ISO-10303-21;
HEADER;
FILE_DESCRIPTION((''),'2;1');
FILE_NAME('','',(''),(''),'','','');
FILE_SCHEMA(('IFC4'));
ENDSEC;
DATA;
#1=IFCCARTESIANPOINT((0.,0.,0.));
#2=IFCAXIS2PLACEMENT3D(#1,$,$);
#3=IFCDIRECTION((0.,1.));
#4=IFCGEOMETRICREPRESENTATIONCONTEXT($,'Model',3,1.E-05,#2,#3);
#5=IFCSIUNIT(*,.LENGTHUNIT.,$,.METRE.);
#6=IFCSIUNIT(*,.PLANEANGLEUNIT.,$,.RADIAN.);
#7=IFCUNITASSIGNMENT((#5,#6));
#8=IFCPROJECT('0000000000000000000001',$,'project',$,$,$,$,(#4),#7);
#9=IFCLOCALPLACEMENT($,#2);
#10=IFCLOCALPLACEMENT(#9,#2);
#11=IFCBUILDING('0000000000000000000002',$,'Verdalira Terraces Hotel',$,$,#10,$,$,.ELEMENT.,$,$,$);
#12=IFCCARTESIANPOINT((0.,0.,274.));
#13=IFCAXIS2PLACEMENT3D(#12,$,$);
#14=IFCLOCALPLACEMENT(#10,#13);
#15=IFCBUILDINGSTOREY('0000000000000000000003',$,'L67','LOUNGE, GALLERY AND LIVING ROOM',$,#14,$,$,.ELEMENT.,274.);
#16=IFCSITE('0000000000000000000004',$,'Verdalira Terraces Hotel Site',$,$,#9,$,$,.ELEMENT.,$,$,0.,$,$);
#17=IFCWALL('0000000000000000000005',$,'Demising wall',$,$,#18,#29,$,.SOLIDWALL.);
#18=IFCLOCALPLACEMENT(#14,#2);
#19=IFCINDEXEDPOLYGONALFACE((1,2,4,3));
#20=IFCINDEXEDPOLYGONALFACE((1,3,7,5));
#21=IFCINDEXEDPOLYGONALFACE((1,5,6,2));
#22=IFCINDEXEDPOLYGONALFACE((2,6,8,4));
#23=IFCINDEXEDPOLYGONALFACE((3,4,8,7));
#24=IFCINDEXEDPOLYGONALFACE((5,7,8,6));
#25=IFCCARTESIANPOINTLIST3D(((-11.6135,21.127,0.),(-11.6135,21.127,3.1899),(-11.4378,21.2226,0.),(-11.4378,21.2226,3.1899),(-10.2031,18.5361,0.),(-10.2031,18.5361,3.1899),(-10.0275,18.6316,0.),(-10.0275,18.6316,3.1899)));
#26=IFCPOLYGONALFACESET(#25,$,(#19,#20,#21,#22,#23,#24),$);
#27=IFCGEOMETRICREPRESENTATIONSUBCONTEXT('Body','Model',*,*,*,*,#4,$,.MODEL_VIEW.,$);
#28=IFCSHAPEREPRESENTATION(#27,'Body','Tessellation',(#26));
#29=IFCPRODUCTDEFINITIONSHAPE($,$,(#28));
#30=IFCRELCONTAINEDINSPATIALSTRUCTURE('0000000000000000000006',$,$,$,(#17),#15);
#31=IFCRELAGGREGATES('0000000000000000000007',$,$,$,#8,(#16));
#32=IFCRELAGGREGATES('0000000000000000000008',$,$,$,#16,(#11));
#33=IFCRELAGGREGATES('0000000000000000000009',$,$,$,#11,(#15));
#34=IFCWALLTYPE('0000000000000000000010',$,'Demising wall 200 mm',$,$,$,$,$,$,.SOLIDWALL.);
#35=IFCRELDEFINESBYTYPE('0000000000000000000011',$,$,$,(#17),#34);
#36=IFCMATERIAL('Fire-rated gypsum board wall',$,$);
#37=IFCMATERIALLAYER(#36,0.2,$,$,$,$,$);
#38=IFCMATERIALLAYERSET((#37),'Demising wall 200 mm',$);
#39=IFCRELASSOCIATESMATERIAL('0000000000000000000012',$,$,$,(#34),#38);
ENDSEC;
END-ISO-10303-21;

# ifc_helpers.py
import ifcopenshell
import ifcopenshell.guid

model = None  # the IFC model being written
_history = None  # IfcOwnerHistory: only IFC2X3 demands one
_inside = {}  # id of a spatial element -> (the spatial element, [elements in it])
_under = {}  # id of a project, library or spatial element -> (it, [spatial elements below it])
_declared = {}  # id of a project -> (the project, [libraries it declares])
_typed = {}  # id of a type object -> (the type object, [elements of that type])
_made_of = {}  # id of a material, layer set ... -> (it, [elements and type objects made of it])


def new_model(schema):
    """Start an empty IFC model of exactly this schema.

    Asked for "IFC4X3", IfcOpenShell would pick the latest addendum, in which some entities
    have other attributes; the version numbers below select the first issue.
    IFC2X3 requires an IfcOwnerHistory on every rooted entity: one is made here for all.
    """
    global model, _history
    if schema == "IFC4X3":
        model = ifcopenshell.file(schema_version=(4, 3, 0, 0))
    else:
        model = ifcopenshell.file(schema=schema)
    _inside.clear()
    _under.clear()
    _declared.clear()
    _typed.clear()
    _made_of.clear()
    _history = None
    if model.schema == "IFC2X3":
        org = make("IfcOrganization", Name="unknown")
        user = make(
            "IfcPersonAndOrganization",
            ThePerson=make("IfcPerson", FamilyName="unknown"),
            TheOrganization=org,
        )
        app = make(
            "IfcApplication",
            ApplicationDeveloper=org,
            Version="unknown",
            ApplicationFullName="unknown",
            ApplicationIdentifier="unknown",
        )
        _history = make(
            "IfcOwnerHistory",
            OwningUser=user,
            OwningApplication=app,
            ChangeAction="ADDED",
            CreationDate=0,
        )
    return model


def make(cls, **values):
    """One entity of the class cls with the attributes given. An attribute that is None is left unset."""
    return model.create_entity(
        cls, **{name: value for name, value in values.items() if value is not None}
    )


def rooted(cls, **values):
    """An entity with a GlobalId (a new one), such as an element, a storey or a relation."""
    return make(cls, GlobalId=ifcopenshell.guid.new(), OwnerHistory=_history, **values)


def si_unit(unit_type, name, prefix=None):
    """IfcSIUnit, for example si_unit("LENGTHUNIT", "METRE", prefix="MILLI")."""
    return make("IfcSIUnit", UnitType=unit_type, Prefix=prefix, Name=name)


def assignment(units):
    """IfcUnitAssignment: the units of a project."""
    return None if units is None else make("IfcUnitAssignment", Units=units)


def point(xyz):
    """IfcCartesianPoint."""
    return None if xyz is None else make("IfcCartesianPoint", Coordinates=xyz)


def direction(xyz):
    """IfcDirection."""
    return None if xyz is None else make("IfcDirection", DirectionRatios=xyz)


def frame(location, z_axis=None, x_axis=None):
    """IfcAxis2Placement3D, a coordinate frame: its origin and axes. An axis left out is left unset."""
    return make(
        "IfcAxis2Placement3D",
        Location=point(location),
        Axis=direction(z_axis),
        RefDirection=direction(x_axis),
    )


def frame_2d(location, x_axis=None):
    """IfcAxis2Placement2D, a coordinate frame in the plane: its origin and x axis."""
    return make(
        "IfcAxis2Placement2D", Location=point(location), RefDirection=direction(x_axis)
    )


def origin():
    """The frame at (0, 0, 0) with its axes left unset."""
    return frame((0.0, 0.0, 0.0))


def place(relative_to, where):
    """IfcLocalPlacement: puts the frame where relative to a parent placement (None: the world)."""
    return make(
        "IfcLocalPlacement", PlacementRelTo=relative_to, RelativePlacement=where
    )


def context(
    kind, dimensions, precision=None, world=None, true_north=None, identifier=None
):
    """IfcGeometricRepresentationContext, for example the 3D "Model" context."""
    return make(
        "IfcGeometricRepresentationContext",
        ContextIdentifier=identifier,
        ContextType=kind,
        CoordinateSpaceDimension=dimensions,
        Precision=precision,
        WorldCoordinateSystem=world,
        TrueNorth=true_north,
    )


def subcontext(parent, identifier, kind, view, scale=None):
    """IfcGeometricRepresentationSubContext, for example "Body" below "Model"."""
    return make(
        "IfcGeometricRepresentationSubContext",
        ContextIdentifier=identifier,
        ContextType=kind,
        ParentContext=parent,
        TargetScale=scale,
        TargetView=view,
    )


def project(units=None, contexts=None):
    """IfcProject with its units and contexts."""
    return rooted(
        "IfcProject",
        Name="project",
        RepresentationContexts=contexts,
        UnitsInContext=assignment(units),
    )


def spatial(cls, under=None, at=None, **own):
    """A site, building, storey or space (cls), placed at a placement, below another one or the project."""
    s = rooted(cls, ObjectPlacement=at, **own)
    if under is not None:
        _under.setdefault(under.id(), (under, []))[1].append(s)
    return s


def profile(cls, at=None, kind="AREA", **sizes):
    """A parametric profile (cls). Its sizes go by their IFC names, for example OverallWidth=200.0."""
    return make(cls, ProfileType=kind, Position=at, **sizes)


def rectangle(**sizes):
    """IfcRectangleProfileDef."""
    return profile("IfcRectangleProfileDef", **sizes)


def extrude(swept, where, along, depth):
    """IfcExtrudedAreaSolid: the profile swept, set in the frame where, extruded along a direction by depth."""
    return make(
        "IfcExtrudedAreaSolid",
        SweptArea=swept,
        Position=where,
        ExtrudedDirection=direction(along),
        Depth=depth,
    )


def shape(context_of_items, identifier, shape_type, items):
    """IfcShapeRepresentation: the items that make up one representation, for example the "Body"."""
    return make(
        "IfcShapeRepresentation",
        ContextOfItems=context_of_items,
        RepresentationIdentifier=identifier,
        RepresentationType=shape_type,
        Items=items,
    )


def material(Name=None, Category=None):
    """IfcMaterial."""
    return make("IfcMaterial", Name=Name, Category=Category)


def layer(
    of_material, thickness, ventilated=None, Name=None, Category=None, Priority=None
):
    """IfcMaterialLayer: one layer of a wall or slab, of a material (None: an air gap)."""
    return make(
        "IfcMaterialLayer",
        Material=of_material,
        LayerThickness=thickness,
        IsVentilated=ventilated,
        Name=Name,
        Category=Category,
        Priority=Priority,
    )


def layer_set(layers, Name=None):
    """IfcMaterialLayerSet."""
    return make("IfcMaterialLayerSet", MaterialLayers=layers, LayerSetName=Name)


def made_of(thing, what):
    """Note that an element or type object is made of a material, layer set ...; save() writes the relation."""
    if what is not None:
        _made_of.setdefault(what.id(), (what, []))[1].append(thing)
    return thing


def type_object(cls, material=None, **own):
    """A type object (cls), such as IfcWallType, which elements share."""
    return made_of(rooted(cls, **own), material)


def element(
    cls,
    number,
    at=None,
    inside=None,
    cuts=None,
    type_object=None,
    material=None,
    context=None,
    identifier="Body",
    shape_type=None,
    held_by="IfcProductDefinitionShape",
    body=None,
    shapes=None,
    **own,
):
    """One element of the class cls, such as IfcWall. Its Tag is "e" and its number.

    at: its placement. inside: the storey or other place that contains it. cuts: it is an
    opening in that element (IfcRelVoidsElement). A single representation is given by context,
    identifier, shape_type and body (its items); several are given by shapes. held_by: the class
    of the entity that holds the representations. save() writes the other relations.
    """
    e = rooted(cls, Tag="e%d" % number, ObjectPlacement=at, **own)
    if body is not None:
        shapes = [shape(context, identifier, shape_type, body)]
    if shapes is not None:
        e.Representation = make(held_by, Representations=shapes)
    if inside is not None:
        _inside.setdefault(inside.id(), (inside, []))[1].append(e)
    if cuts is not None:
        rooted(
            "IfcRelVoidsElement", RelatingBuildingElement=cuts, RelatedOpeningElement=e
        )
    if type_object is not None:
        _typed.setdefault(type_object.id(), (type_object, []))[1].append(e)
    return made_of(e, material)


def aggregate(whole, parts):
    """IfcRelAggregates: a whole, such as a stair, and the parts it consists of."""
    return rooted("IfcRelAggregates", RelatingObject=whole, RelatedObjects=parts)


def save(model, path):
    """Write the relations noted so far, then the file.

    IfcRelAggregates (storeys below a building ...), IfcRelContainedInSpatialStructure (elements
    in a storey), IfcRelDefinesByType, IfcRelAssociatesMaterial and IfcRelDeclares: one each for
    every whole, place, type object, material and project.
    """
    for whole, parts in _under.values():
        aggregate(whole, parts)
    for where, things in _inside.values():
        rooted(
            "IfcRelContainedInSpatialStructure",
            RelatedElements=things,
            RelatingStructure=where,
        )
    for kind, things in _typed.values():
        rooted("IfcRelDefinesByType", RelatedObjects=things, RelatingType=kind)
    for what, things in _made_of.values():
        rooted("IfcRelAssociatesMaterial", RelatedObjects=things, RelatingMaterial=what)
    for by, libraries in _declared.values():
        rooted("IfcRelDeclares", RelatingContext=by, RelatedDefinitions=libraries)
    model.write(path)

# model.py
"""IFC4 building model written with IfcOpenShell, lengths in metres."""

from ifc_helpers import new_model, si_unit, direction, frame, frame_2d, origin, place, context, subcontext, project, spatial, rectangle, extrude, material, layer, layer_set, type_object, element, save


model = new_model("IFC4")

# Units and contexts
model_context = context("Model", 3, precision=1e-05, world=origin(), true_north=direction((0.0, 1.0)))
body_context = subcontext(model_context, "Body", "Model", "MODEL_VIEW")
ifc_project = project(units=[si_unit("LENGTHUNIT", "METRE"), si_unit("PLANEANGLEUNIT", "RADIAN")], contexts=[model_context])

# Site, building, storey
site_placement = place(None, origin())
site = spatial("IfcSite", under=ifc_project, at=site_placement, Name="Verdalira Terraces Hotel Site", CompositionType="ELEMENT", RefElevation=0.0)
building_placement = place(site_placement, origin())
building = spatial("IfcBuilding", under=site, at=building_placement, Name="Verdalira Terraces Hotel", CompositionType="ELEMENT")
storey_placement = place(building_placement, frame((0.0, 0.0, 274.0)))
storey = spatial("IfcBuildingStorey", under=building, at=storey_placement, Name="L67", Description="LOUNGE, GALLERY AND LIVING ROOM", CompositionType="ELEMENT", Elevation=274.0)

# Wall
ifc_material_1 = material(Name="Fire-rated gypsum board wall")
ifc_layer_1 = layer(ifc_material_1, 0.2)
ifc_layer_set_1 = layer_set([ifc_layer_1], Name="Demising wall 200 mm")
wall_type_1 = type_object("IfcWallType", Name="Demising wall 200 mm", PredefinedType="SOLIDWALL", material=ifc_layer_set_1)
wall_1_placement = place(storey_placement, frame((-10.1152, 18.5837, 0.0), z_axis=(0.0, 0.0, 1.0), x_axis=(-0.478092, 0.87831, 0.0)))
element("IfcWall", 1, at=wall_1_placement, inside=storey, type_object=wall_type_1, Name="Demising wall", PredefinedType="SOLIDWALL", context=body_context, shape_type="SweptSolid", body=[
    extrude(rectangle(XDim=2.95, YDim=0.2, at=frame_2d((1.4751, 0.0))), origin(), (0.0, 0.0, 1.0), 3.1899),
])

save(model, "model.ifc")
